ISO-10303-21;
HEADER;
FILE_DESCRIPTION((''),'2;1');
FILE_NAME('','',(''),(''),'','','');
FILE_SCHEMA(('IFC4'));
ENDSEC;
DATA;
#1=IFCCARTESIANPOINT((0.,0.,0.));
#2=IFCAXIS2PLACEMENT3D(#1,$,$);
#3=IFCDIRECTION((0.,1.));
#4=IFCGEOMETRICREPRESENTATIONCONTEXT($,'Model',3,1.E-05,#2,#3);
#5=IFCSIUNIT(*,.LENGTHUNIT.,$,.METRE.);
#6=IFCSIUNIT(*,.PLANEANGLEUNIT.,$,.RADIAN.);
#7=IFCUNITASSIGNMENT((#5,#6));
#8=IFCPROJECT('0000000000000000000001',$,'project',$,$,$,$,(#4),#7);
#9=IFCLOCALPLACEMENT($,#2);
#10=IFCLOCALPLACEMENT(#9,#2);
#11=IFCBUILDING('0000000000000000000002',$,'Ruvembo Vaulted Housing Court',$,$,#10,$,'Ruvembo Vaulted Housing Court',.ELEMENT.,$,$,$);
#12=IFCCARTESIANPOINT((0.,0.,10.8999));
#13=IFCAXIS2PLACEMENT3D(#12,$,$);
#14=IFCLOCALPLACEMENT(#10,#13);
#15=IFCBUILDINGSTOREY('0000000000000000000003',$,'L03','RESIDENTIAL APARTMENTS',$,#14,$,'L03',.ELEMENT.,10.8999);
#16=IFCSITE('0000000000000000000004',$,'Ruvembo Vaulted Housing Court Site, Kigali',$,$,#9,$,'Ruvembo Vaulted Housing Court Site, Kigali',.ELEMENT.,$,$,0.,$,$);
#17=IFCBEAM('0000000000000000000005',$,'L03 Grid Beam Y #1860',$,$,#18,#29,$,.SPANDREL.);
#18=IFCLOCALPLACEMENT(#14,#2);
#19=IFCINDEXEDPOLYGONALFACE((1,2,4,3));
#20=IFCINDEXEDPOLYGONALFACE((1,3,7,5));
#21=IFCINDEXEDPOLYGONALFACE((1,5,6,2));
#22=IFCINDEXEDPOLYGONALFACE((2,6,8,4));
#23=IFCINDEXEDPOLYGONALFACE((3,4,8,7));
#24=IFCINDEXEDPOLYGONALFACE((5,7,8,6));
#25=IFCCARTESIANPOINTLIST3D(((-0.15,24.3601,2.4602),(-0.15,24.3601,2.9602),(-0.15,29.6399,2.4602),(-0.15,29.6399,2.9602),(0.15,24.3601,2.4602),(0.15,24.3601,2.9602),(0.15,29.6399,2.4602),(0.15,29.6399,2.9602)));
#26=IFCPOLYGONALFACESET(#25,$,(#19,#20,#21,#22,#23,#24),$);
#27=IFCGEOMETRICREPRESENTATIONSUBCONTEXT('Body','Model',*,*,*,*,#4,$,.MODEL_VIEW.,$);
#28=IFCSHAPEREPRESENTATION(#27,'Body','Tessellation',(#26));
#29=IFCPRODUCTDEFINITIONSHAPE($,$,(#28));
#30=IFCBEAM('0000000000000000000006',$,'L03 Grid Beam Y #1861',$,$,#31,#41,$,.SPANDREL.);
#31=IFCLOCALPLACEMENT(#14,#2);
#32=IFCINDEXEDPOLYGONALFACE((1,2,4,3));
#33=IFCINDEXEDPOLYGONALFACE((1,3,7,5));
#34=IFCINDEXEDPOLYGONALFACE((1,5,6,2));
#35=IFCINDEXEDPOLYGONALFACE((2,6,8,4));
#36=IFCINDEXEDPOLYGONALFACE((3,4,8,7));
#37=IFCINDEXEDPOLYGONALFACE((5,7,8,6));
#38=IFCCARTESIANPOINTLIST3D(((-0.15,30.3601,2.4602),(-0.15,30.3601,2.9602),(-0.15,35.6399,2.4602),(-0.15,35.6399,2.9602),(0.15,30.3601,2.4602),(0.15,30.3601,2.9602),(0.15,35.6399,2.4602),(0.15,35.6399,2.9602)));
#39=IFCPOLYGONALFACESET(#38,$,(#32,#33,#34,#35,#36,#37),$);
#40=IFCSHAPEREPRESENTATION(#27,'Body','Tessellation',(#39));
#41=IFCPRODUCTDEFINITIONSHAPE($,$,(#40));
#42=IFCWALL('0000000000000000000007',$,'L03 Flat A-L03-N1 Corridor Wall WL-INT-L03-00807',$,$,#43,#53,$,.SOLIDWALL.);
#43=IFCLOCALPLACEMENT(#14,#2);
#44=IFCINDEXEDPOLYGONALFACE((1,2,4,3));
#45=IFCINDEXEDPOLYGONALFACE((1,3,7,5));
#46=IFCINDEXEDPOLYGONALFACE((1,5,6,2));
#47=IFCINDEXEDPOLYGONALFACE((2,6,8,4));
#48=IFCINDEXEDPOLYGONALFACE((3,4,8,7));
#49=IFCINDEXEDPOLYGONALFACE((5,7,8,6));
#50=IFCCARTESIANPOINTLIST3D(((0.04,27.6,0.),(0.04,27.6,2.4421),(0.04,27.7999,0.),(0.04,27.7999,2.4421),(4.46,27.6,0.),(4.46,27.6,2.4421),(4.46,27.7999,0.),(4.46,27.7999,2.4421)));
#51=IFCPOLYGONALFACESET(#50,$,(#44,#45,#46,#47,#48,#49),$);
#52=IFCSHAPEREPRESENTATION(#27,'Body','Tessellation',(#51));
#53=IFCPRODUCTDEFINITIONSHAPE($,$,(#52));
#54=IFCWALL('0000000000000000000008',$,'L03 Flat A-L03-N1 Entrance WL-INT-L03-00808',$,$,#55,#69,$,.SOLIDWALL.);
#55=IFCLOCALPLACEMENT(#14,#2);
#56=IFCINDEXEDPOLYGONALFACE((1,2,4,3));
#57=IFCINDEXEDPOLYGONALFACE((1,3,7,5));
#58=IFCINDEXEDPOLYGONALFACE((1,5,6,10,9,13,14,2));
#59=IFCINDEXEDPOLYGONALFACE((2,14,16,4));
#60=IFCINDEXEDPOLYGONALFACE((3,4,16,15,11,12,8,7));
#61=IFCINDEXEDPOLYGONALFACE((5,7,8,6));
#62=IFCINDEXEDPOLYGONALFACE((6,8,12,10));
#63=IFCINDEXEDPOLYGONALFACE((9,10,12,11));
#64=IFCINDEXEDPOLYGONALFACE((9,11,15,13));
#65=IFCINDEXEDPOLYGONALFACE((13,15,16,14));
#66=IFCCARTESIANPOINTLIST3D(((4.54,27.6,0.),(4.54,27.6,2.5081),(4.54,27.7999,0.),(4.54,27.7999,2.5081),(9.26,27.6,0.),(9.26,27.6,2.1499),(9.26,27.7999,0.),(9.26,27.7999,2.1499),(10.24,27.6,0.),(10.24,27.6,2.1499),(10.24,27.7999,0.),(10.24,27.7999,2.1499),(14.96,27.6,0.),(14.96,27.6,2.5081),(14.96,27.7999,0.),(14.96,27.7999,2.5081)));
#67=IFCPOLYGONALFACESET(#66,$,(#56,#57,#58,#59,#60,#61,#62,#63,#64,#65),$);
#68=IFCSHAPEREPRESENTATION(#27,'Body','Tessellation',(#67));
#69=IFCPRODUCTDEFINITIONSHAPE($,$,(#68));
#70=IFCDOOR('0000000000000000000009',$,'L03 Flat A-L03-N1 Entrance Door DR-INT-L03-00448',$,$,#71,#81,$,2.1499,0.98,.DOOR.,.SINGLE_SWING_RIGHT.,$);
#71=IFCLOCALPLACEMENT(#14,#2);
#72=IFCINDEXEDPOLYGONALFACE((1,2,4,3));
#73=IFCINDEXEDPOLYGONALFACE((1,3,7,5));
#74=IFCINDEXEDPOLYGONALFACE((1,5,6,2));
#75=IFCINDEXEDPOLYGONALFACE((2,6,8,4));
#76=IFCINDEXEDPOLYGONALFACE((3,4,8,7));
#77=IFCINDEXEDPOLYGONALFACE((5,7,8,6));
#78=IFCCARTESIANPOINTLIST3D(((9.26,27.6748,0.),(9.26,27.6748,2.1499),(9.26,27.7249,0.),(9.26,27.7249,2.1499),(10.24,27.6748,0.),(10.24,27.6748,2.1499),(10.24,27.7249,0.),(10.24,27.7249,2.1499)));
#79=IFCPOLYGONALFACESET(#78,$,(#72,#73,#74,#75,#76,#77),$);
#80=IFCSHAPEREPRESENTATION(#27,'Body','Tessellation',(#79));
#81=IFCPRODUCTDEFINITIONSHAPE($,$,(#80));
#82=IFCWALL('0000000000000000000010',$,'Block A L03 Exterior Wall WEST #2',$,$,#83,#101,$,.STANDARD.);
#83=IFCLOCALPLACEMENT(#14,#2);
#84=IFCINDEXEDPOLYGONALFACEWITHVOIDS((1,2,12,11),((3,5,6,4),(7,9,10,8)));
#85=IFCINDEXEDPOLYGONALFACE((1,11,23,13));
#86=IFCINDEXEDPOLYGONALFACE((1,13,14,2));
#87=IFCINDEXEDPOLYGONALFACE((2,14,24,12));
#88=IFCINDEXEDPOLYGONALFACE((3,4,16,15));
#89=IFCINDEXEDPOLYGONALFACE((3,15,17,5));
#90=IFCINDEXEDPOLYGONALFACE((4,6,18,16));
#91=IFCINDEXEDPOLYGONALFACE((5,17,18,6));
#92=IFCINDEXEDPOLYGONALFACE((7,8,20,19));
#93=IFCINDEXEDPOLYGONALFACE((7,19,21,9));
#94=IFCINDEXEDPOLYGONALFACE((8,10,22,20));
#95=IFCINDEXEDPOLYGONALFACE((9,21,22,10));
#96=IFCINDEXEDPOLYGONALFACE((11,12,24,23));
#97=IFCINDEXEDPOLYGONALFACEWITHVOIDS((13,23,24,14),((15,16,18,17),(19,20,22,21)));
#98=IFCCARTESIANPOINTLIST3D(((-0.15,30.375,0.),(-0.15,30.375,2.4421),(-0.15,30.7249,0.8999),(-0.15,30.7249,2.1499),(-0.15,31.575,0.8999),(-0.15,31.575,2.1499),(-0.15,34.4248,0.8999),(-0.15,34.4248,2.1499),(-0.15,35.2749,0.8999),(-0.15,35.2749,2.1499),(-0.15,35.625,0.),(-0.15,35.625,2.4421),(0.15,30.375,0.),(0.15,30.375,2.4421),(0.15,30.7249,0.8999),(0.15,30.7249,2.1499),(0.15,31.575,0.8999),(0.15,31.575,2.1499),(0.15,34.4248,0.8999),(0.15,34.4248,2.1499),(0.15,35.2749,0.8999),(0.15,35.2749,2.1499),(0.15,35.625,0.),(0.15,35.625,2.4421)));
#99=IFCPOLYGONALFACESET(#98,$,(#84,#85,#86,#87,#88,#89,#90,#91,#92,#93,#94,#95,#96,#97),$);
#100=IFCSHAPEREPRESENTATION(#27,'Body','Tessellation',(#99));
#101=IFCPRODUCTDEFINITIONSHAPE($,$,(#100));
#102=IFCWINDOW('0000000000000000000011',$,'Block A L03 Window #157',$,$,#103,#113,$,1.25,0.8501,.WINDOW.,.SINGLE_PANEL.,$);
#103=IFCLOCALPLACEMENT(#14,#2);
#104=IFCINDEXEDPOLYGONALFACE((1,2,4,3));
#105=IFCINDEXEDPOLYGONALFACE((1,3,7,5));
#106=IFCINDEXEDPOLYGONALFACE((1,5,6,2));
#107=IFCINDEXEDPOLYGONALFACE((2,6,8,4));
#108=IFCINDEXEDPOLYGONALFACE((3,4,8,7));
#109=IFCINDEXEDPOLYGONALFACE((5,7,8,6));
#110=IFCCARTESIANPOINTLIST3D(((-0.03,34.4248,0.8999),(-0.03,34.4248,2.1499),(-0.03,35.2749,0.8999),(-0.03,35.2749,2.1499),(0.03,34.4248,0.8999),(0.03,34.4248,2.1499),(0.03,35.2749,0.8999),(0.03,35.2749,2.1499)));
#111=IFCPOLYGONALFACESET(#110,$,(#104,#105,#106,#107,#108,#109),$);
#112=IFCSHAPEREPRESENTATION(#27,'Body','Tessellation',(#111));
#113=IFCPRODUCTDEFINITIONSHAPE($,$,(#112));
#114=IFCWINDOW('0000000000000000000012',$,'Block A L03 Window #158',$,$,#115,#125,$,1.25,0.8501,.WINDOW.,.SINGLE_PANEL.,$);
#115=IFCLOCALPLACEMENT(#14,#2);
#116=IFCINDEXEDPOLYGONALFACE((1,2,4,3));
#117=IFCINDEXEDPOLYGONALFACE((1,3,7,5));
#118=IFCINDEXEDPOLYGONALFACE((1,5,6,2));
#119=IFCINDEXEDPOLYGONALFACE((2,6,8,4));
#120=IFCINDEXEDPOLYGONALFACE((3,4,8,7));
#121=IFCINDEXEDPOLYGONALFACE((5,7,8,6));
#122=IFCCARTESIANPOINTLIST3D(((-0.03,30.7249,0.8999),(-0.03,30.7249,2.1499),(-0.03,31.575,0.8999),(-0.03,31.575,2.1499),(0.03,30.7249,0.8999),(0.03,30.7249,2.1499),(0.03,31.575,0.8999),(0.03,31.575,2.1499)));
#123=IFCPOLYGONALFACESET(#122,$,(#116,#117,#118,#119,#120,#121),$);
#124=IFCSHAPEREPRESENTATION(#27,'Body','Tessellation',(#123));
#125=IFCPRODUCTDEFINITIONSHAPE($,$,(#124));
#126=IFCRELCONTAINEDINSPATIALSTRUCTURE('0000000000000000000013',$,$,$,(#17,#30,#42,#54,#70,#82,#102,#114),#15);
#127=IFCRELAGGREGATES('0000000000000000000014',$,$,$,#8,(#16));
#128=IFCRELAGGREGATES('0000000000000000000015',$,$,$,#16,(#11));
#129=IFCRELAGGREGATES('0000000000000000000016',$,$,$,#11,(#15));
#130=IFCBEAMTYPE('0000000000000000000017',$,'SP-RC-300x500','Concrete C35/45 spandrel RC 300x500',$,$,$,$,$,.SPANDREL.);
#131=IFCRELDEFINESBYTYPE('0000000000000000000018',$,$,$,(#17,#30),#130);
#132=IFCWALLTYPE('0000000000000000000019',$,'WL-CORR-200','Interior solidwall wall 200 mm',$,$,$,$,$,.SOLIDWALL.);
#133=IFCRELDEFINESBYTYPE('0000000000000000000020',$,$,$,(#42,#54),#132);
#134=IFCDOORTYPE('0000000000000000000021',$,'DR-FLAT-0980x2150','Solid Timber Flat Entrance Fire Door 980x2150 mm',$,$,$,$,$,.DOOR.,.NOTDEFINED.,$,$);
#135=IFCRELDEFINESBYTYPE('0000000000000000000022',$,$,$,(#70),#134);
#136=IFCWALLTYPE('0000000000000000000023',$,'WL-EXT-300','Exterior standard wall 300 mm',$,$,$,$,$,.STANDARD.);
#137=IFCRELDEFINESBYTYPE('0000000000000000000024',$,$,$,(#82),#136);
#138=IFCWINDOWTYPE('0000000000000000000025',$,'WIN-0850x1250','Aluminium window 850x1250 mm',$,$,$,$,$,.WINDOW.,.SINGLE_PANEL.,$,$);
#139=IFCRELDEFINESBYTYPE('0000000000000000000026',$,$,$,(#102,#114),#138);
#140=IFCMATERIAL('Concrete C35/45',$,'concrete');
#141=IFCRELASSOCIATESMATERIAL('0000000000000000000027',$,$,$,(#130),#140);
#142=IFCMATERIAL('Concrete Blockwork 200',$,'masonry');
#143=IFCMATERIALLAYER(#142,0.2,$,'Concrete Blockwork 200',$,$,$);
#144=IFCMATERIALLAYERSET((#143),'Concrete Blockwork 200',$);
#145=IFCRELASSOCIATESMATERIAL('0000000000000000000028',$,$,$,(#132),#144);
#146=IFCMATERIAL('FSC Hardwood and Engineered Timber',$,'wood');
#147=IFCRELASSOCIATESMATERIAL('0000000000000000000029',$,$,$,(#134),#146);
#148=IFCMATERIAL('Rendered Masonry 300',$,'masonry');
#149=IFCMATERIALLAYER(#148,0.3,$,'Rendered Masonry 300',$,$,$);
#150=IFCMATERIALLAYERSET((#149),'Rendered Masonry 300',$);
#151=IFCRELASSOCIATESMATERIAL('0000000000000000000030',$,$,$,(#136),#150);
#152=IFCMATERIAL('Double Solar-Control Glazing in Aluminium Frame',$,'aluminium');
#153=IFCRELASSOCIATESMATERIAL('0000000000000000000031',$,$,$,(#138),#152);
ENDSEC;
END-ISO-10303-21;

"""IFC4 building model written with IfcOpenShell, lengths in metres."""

from ifc_helpers import new_model, si_unit, direction, frame, frame_2d, origin, origin_2d, place, context, subcontext, project, spatial, rectangle, extrude, material, layer, layer_set, material_profile, profile_set, type_object, element, fill, save


model = new_model("IFC4")

# Units and contexts
model_context = context("Model", 3, precision=1e-05, world=origin(), true_north=direction((0.0, 1.0)))
body_context = subcontext(model_context, "Body", "Model", "MODEL_VIEW")
ifc_project = project(units=[si_unit("LENGTHUNIT", "METRE"), si_unit("PLANEANGLEUNIT", "RADIAN")], contexts=[model_context])

# Site, building, storey
site_placement = place(None, origin())
site = spatial("IfcSite", under=ifc_project, at=site_placement, Name="Ruvembo Vaulted Housing Court Site, Kigali", LongName="Ruvembo Vaulted Housing Court Site, Kigali", CompositionType="ELEMENT", RefElevation=0.0)
building_placement = place(site_placement, origin())
building = spatial("IfcBuilding", under=site, at=building_placement, Name="Ruvembo Vaulted Housing Court", LongName="Ruvembo Vaulted Housing Court", CompositionType="ELEMENT")
storey_placement = place(building_placement, frame((0.0, 0.0, 10.8999)))
storey = spatial("IfcBuildingStorey", under=building, at=storey_placement, Name="L03", Description="RESIDENTIAL APARTMENTS", LongName="L03", CompositionType="ELEMENT", Elevation=10.8999)

# Beams
ifc_material_1 = material(Name="Concrete C35/45", Category="concrete")
ifc_material_profile_1 = material_profile(ifc_material_1, rectangle(XDim=0.3, YDim=0.5, at=origin_2d()), Name="RC 300x500")
ifc_profile_set_1 = profile_set([ifc_material_profile_1], Name="Concrete C35/45")
beam_type_1 = type_object("IfcBeamType", Name="SP-RC-300x500", Description="Concrete C35/45 spandrel RC 300x500", PredefinedType="SPANDREL", material=ifc_profile_set_1)
for number, where, z_axis, x_axis, name in (
    (1, (0.0, 24.3601, 2.7102), (0.0, 1.0, 0.0), (-1.0, 0.0, 0.0), "L03 Grid Beam Y #1860"),
    (2, (0.0, 30.3601, 2.7102), (0.0, 1.0, 0.0), (-1.0, 0.0, 0.0), "L03 Grid Beam Y #1861"),
):
    element("IfcBeam", number, at=place(storey_placement, frame(where, z_axis=z_axis, x_axis=x_axis)), inside=storey, type_object=beam_type_1, Name=name, PredefinedType="SPANDREL", context=body_context, shape_type="SweptSolid", body=[
        extrude(rectangle(XDim=0.3, YDim=0.5, at=origin_2d()), origin(), (0.0, 0.0, 1.0), 5.2798),
    ])

# Wall
ifc_material_2 = material(Name="Concrete Blockwork 200", Category="masonry")
ifc_layer_1 = layer(ifc_material_2, 0.2, Name="Concrete Blockwork 200")
ifc_layer_set_1 = layer_set([ifc_layer_1], Name="Concrete Blockwork 200")
wall_type_1 = type_object("IfcWallType", Name="WL-CORR-200", Description="Interior solidwall wall 200 mm", PredefinedType="SOLIDWALL", material=ifc_layer_set_1)
wall_1_placement = place(storey_placement, frame((0.04, 27.7, 0.0), z_axis=(0.0, 0.0, 1.0), x_axis=(1.0, 0.0, 0.0)))
element("IfcWall", 3, at=wall_1_placement, inside=storey, type_object=wall_type_1, Name="L03 Flat A-L03-N1 Corridor Wall WL-INT-L03-00807", PredefinedType="SOLIDWALL", context=body_context, shape_type="SweptSolid", body=[
    extrude(rectangle(XDim=4.4199, YDim=0.2, at=frame_2d((2.21, 0.0))), origin(), (0.0, 0.0, 1.0), 2.4421),
])

# Wall, opening, door
wall_2_placement = place(storey_placement, frame((4.54, 27.7, 0.0), z_axis=(0.0, 0.0, 1.0), x_axis=(1.0, 0.0, 0.0)))
wall_2 = element("IfcWall", 4, at=wall_2_placement, inside=storey, type_object=wall_type_1, Name="L03 Flat A-L03-N1 Entrance WL-INT-L03-00808", PredefinedType="SOLIDWALL", context=body_context, shape_type="SweptSolid", body=[
    extrude(rectangle(XDim=10.4199, YDim=0.2, at=frame_2d((5.21, 0.0))), origin(), (0.0, 0.0, 1.0), 2.5081),
])
opening_1_placement = place(wall_2_placement, frame((4.72, 0.0, 0.0)))
opening_1 = element("IfcOpeningElement", 5, at=opening_1_placement, cuts=wall_2, PredefinedType="OPENING", context=body_context, shape_type="SweptSolid", body=[
    extrude(rectangle(XDim=0.98, YDim=2.1499, at=frame_2d((0.49, 1.075))), frame((0.0, 0.1099, 0.0), z_axis=(0.0, -1.0, 0.0), x_axis=(1.0, 0.0, 0.0)), (0.0, 0.0, 1.0), 0.22),
])
ifc_material_3 = material(Name="FSC Hardwood and Engineered Timber", Category="wood")
door_type_1 = type_object("IfcDoorType", Name="DR-FLAT-0980x2150", Description="Solid Timber Flat Entrance Fire Door 980x2150 mm", OperationType="NOTDEFINED", PredefinedType="DOOR", material=ifc_material_3)
door_1_placement = place(opening_1_placement, origin())
door_1 = element("IfcDoor", 6, at=door_1_placement, inside=storey, type_object=door_type_1, Name="L03 Flat A-L03-N1 Entrance Door DR-INT-L03-00448", OperationType="SINGLE_SWING_RIGHT", OverallHeight=2.1499, OverallWidth=0.98, PredefinedType="DOOR", context=body_context, shape_type="SweptSolid", body=[
    extrude(rectangle(XDim=0.98, YDim=2.1499, at=frame_2d((0.49, 1.075))), frame((0.0, 0.0249, 0.0), z_axis=(0.0, -1.0, 0.0), x_axis=(1.0, 0.0, 0.0)), (0.0, 0.0, 1.0), 0.05),
])
fill(opening_1, door_1)

# Wall, openings, windows
ifc_material_4 = material(Name="Rendered Masonry 300", Category="masonry")
ifc_layer_2 = layer(ifc_material_4, 0.3, Name="Rendered Masonry 300")
ifc_layer_set_2 = layer_set([ifc_layer_2], Name="Rendered Masonry 300")
wall_type_2 = type_object("IfcWallType", Name="WL-EXT-300", Description="Exterior standard wall 300 mm", PredefinedType="STANDARD", material=ifc_layer_set_2)
wall_3_placement = place(storey_placement, frame((0.0, 35.625, 0.0), z_axis=(0.0, 0.0, 1.0), x_axis=(0.0, -1.0, 0.0)))
wall_3 = element("IfcWall", 7, at=wall_3_placement, inside=storey, type_object=wall_type_2, Name="Block A L03 Exterior Wall WEST #2", PredefinedType="STANDARD", context=body_context, shape_type="SweptSolid", body=[
    extrude(rectangle(XDim=5.25, YDim=0.3, at=frame_2d((2.625, 0.0))), origin(), (0.0, 0.0, 1.0), 2.4421),
])
opening_2_placement = place(wall_3_placement, frame((0.3501, 0.0, 0.8999)))
opening_2 = element("IfcOpeningElement", 8, at=opening_2_placement, cuts=wall_3, PredefinedType="OPENING", context=body_context, shape_type="SweptSolid", body=[
    extrude(rectangle(XDim=0.8501, YDim=1.25, at=frame_2d((0.425, 0.625))), frame((0.0, 0.1599, 0.0), z_axis=(0.0, -1.0, 0.0), x_axis=(1.0, 0.0, 0.0)), (0.0, 0.0, 1.0), 0.3201),
])
opening_3_placement = place(wall_3_placement, frame((4.05, 0.0, 0.8999)))
opening_3 = element("IfcOpeningElement", 9, at=opening_3_placement, cuts=wall_3, PredefinedType="OPENING", context=body_context, shape_type="SweptSolid", body=[
    extrude(rectangle(XDim=0.8501, YDim=1.25, at=frame_2d((0.425, 0.625))), frame((0.0, 0.1599, 0.0), z_axis=(0.0, -1.0, 0.0), x_axis=(1.0, 0.0, 0.0)), (0.0, 0.0, 1.0), 0.3201),
])
ifc_material_5 = material(Name="Double Solar-Control Glazing in Aluminium Frame", Category="aluminium")
window_type_1 = type_object("IfcWindowType", Name="WIN-0850x1250", Description="Aluminium window 850x1250 mm", PartitioningType="SINGLE_PANEL", PredefinedType="WINDOW", material=ifc_material_5)
window_1_placement = place(opening_2_placement, origin())
window_1 = element("IfcWindow", 10, at=window_1_placement, inside=storey, type_object=window_type_1, Name="Block A L03 Window #157", OverallHeight=1.25, OverallWidth=0.8501, PartitioningType="SINGLE_PANEL", PredefinedType="WINDOW", context=body_context, shape_type="SweptSolid", body=[
    extrude(rectangle(XDim=0.8501, YDim=1.25, at=frame_2d((0.425, 0.625))), frame((0.0, 0.03, 0.0), z_axis=(0.0, -1.0, 0.0), x_axis=(1.0, 0.0, 0.0)), (0.0, 0.0, 1.0), 0.0601),
])
fill(opening_2, window_1)
window_2_placement = place(opening_3_placement, origin())
window_2 = element("IfcWindow", 11, at=window_2_placement, inside=storey, type_object=window_type_1, Name="Block A L03 Window #158", OverallHeight=1.25, OverallWidth=0.8501, PartitioningType="SINGLE_PANEL", PredefinedType="WINDOW", context=body_context, shape_type="SweptSolid", body=[
    extrude(rectangle(XDim=0.8501, YDim=1.25, at=frame_2d((0.425, 0.625))), frame((0.0, 0.03, 0.0), z_axis=(0.0, -1.0, 0.0), x_axis=(1.0, 0.0, 0.0)), (0.0, 0.0, 1.0), 0.0601),
])
fill(opening_3, window_2)

save(model, "model.ifc")
